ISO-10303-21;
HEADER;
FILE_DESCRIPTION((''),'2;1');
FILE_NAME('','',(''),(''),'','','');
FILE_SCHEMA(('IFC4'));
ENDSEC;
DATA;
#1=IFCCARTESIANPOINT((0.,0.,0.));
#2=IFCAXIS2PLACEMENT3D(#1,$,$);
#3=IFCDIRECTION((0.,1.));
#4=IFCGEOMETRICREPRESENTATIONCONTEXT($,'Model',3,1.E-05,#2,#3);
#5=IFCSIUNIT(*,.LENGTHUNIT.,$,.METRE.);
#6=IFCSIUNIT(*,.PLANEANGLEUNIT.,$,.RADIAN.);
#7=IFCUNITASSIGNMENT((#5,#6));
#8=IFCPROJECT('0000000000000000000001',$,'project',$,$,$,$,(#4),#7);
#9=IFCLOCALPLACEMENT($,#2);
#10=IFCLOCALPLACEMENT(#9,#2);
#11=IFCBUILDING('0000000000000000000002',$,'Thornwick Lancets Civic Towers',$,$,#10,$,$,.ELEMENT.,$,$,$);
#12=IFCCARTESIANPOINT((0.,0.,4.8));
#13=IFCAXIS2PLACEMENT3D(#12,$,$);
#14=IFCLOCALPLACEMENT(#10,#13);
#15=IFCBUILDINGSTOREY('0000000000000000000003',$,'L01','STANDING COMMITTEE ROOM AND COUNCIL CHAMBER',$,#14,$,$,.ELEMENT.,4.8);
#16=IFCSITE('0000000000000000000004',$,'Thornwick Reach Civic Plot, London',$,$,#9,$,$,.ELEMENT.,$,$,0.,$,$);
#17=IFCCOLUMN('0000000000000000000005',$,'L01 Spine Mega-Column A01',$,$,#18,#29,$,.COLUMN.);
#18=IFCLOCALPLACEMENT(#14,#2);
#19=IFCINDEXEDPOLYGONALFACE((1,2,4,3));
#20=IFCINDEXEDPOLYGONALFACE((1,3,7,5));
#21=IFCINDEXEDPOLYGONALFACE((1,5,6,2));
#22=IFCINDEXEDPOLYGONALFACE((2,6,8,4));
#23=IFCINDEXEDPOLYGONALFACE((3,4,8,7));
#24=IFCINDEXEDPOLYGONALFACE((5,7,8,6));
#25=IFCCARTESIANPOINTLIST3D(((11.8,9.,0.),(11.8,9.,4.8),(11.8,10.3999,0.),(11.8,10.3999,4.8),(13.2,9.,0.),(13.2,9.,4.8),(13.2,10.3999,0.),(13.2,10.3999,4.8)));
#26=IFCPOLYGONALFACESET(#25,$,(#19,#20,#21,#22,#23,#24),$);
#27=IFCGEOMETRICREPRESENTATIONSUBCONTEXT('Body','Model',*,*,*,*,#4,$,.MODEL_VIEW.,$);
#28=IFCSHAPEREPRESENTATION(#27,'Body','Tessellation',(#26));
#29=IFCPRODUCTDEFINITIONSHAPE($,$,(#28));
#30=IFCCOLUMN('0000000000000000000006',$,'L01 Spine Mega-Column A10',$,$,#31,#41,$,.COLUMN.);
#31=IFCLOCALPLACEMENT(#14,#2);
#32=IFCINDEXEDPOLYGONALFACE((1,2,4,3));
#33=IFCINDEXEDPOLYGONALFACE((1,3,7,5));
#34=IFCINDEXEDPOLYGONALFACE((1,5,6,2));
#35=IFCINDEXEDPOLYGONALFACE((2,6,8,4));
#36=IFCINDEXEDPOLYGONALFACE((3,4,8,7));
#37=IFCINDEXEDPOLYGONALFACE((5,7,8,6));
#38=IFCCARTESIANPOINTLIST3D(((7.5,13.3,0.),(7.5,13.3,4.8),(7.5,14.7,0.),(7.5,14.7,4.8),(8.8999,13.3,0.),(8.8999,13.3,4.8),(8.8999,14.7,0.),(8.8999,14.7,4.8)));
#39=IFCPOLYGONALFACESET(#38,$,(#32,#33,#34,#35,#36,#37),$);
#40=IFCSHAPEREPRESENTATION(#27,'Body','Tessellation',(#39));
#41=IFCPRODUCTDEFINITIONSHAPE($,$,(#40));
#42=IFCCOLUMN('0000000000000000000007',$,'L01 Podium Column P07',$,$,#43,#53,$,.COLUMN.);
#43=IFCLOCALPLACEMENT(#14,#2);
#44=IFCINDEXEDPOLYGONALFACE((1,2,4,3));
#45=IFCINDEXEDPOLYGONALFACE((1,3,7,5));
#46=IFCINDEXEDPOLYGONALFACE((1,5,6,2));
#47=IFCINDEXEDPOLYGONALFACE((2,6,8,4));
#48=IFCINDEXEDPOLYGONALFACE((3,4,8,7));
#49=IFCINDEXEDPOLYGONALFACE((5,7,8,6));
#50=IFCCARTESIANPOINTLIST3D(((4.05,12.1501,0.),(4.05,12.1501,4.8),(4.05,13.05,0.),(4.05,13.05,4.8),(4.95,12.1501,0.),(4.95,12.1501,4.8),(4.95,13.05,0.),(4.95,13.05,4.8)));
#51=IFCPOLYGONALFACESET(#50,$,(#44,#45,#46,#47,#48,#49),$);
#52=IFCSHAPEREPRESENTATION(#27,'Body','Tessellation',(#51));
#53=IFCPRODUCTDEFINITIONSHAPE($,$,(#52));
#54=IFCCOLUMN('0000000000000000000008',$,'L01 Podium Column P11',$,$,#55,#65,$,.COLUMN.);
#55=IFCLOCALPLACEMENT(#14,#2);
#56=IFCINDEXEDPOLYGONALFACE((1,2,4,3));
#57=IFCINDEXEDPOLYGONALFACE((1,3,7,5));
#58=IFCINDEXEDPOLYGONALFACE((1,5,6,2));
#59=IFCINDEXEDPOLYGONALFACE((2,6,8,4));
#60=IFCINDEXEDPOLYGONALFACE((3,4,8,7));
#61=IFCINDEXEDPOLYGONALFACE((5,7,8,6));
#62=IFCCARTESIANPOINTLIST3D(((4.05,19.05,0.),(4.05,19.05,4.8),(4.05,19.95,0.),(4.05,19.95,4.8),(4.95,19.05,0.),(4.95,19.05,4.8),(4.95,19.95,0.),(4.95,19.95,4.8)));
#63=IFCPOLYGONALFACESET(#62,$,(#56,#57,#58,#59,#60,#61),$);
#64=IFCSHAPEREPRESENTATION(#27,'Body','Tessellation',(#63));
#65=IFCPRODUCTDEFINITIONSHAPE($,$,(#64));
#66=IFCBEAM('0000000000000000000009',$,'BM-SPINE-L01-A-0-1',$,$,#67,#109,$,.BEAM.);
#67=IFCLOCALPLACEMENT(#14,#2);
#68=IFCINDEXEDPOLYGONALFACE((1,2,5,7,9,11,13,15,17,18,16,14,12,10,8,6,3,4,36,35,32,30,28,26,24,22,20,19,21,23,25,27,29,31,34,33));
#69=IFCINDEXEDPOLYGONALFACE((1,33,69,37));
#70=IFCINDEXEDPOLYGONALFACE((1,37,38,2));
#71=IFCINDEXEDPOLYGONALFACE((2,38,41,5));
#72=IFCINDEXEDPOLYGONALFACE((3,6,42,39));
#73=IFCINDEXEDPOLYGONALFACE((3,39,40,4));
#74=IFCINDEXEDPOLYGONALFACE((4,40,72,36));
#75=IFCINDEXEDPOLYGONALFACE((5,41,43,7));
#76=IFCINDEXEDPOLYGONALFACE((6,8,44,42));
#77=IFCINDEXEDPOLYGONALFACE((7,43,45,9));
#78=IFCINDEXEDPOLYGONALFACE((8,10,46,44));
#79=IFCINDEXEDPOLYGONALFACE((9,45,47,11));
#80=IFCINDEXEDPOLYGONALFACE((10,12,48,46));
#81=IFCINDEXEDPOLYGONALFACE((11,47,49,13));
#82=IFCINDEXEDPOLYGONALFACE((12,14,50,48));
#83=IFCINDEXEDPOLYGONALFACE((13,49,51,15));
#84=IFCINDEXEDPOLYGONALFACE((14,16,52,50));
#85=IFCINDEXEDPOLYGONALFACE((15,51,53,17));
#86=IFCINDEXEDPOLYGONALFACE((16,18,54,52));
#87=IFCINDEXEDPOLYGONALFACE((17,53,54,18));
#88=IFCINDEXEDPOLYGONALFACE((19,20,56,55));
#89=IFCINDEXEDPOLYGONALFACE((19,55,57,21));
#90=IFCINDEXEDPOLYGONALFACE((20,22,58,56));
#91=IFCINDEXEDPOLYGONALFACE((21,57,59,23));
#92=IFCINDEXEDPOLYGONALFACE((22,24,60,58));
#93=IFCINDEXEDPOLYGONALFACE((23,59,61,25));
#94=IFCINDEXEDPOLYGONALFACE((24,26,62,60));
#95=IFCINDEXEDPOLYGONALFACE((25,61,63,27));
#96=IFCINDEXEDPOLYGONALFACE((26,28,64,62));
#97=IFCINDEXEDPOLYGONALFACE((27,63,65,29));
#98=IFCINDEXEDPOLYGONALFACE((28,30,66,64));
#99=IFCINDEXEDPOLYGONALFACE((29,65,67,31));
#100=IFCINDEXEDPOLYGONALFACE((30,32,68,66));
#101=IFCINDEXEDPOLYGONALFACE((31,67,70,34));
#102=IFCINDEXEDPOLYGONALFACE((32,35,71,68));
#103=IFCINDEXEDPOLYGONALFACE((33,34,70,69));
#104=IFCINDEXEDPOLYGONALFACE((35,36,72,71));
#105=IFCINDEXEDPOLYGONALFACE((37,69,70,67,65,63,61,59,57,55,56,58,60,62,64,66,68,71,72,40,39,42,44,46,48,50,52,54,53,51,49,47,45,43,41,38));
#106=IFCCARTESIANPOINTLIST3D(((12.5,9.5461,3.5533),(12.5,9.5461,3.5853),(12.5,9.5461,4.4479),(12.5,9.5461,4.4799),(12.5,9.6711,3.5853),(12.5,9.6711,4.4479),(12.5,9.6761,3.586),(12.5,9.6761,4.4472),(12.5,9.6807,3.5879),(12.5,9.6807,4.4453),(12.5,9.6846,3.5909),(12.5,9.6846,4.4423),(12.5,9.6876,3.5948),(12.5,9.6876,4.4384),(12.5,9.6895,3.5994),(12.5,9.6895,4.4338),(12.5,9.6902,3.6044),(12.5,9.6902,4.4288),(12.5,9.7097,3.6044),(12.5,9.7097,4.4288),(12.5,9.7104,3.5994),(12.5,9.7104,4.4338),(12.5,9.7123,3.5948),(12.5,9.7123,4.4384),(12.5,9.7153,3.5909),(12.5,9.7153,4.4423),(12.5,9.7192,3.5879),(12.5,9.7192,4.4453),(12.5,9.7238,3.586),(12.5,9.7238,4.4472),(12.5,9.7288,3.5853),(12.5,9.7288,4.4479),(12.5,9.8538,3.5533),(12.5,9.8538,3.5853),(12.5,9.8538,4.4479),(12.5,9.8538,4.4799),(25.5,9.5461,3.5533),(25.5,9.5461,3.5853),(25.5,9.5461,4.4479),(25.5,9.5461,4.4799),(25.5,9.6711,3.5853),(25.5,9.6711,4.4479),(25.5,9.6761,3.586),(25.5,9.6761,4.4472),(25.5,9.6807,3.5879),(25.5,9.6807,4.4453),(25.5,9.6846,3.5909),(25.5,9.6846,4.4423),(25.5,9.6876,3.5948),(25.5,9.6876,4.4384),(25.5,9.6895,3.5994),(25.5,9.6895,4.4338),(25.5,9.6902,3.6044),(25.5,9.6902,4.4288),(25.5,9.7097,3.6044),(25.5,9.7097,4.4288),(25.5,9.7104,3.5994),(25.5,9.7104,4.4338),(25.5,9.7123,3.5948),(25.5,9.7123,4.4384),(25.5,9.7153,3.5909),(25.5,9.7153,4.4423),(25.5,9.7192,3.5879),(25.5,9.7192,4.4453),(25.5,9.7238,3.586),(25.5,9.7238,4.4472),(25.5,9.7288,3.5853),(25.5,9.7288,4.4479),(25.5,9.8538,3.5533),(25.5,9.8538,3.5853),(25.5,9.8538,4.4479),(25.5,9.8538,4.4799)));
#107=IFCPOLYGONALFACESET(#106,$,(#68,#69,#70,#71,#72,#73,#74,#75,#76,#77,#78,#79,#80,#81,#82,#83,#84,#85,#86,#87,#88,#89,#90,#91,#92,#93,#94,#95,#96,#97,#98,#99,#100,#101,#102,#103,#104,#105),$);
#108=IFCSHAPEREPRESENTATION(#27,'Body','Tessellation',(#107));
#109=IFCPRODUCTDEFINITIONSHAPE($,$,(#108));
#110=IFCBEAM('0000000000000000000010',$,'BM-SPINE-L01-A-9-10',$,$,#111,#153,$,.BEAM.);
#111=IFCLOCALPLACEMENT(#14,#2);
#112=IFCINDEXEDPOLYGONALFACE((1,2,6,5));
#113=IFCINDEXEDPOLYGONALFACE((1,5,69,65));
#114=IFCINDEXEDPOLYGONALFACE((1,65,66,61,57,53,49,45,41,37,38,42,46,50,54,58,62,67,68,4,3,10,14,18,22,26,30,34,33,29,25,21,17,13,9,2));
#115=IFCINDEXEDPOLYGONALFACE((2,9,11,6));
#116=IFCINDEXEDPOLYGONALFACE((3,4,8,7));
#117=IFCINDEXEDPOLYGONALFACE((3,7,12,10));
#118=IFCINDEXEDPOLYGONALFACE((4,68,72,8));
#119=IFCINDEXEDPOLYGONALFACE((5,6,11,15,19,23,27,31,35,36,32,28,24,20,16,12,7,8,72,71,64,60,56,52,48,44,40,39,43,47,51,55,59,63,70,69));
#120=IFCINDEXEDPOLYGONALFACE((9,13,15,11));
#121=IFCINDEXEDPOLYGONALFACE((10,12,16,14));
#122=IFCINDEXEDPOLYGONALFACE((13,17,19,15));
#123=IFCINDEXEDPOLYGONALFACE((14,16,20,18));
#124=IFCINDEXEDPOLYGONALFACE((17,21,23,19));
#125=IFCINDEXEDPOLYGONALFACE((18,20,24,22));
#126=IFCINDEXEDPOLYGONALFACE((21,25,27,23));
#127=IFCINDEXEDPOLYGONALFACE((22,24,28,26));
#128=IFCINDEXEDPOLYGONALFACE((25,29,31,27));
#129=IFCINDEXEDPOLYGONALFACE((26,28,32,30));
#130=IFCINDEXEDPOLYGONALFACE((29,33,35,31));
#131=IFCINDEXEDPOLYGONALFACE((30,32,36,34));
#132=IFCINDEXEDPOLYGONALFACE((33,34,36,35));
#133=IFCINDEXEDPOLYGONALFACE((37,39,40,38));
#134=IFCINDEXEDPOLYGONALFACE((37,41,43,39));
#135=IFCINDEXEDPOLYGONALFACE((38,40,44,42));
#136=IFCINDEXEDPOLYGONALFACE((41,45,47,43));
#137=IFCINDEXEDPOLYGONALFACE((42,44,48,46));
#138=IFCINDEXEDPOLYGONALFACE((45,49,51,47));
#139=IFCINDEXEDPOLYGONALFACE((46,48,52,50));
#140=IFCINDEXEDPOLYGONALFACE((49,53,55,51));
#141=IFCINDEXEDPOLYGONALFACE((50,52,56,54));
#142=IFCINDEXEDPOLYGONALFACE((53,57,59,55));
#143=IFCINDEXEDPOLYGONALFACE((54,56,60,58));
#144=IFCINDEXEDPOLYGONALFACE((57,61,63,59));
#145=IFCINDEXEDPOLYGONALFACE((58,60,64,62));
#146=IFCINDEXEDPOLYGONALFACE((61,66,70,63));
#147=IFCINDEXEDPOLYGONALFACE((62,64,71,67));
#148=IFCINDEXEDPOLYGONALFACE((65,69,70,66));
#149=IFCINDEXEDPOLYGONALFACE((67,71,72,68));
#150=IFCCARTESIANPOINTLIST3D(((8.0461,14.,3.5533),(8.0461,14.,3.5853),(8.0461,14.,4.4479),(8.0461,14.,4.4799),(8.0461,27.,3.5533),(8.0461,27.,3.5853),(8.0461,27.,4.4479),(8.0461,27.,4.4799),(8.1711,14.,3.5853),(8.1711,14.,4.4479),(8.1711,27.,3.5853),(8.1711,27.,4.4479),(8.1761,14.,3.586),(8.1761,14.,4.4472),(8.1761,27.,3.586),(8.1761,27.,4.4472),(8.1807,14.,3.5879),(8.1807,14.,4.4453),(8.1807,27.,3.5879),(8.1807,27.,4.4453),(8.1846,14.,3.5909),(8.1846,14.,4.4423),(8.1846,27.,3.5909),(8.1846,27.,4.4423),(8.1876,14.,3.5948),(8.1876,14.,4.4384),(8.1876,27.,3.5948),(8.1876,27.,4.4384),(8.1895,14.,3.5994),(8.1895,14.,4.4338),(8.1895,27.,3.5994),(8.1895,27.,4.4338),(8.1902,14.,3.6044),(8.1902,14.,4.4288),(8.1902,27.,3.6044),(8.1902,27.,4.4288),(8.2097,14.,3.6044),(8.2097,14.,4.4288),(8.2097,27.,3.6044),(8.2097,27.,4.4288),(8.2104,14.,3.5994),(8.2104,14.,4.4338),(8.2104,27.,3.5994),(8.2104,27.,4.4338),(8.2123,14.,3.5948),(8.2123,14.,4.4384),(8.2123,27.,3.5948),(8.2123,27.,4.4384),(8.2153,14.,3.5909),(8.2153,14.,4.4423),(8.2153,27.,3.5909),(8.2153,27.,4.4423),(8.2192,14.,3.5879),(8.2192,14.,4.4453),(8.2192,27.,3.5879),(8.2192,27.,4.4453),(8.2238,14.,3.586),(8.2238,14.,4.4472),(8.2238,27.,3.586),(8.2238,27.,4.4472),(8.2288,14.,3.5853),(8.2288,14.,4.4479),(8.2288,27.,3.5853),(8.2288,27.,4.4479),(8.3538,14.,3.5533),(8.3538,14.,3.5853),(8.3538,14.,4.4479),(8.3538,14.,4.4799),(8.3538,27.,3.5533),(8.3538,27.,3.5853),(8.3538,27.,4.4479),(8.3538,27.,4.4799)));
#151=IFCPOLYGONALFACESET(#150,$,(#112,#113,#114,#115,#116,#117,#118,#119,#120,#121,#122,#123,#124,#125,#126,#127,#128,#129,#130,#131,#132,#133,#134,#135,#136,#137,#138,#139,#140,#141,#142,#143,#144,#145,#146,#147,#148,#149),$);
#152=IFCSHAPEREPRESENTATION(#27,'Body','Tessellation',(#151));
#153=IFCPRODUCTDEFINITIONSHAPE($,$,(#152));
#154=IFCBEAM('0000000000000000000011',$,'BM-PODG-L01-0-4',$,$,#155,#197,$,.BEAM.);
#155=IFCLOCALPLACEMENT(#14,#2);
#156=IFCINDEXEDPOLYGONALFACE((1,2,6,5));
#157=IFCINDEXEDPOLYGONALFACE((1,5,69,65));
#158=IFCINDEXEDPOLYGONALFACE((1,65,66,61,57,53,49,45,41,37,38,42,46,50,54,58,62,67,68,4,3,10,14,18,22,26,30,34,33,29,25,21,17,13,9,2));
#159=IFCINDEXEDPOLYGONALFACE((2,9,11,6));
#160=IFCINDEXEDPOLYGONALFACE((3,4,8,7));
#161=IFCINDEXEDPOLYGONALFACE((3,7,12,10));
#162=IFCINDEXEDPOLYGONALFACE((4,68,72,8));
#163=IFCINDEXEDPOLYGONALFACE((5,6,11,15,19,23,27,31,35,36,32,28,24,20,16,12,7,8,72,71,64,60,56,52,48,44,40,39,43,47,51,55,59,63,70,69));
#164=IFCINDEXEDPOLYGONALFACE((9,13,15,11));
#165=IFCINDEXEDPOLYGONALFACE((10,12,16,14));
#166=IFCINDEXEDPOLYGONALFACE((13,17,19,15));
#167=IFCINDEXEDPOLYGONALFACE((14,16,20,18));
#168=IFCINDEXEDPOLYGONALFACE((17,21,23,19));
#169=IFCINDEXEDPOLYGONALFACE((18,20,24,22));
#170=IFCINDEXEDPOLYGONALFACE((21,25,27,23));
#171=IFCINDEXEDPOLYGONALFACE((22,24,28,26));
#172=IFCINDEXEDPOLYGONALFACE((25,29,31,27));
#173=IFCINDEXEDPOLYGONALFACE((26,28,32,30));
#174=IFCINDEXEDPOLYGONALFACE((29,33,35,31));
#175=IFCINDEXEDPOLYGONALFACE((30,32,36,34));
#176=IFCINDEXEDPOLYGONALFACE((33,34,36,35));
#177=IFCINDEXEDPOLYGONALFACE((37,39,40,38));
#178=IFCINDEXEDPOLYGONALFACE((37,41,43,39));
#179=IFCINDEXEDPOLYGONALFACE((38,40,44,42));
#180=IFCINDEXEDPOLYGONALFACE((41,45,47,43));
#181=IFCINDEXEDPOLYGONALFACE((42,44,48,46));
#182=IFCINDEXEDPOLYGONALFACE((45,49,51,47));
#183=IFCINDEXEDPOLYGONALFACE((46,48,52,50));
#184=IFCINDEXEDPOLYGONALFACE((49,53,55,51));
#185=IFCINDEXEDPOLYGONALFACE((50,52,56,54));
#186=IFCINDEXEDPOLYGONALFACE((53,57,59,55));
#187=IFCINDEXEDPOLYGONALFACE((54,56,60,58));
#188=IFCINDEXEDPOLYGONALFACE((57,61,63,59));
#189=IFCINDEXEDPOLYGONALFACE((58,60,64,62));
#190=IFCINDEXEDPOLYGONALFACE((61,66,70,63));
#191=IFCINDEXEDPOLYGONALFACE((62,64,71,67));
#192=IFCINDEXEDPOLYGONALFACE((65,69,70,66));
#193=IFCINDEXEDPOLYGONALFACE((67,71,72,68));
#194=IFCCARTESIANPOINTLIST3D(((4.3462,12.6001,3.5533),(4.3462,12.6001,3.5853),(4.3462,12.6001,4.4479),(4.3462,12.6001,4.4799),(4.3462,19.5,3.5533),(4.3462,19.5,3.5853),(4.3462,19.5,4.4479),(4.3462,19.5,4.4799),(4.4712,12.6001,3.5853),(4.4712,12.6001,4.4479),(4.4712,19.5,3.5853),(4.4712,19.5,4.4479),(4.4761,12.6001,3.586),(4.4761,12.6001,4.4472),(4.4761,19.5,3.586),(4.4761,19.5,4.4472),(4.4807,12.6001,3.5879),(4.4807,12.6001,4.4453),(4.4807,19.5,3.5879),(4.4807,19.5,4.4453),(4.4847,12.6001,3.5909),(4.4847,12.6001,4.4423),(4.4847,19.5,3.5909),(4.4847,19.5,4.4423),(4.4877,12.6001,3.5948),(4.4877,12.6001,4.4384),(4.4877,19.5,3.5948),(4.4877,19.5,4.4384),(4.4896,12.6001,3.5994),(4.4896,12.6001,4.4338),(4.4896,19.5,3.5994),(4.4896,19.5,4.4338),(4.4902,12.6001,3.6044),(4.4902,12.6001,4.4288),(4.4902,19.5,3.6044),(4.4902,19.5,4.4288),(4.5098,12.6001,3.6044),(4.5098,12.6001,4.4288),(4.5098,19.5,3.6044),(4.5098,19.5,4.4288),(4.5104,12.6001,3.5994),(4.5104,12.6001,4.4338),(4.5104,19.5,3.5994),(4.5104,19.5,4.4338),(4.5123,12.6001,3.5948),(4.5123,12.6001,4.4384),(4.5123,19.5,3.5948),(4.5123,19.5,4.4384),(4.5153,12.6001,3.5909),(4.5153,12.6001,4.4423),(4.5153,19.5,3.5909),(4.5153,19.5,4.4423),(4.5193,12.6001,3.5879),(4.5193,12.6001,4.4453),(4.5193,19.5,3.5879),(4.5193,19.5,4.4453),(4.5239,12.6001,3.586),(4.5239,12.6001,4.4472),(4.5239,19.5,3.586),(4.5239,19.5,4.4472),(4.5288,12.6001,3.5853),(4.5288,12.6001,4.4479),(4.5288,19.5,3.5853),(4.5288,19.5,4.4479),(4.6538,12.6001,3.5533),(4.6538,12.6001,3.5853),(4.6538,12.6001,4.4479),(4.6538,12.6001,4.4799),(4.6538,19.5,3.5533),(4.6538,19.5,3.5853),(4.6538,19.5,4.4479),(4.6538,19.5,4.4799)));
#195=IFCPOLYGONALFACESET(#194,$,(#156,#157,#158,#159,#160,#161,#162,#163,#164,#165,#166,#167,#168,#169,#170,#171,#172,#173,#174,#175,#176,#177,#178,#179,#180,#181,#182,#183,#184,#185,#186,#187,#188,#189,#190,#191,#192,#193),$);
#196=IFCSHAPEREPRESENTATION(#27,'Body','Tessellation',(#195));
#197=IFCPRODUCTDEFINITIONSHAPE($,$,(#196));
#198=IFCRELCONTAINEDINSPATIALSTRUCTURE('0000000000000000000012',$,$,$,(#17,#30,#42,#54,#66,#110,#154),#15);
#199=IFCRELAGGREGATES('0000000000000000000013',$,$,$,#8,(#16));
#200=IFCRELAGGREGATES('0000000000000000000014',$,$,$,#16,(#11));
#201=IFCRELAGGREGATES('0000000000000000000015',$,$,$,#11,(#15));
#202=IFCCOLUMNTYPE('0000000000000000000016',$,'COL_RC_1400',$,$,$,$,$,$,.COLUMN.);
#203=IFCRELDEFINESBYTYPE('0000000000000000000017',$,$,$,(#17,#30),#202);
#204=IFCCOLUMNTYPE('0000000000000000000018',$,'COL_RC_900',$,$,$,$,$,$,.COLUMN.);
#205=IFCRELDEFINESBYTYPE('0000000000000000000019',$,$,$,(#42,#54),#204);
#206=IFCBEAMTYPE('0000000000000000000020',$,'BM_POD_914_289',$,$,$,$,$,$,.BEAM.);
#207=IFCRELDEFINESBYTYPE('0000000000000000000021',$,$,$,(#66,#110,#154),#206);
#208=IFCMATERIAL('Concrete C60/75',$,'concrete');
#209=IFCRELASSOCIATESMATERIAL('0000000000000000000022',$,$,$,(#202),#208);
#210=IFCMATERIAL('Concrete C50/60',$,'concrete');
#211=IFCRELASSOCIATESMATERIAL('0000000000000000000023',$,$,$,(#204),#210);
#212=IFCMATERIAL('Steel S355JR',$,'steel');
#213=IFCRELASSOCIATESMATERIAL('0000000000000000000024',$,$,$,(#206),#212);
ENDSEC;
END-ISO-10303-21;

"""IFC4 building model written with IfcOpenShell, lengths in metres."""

from ifc_helpers import new_model, si_unit, direction, frame, origin, origin_2d, place, context, subcontext, project, spatial, rectangle, i_section, extrude, material, material_profile, profile_set, type_object, element, save


model = new_model("IFC4")

# Units and contexts
model_context = context("Model", 3, precision=1e-05, world=origin(), true_north=direction((0.0, 1.0)))
body_context = subcontext(model_context, "Body", "Model", "MODEL_VIEW")
ifc_project = project(units=[si_unit("LENGTHUNIT", "METRE"), si_unit("PLANEANGLEUNIT", "RADIAN")], contexts=[model_context])

# Site, building, storey
site_placement = place(None, origin())
site = spatial("IfcSite", under=ifc_project, at=site_placement, Name="Thornwick Reach Civic Plot, London", CompositionType="ELEMENT", RefElevation=0.0)
building_placement = place(site_placement, origin())
building = spatial("IfcBuilding", under=site, at=building_placement, Name="Thornwick Lancets Civic Towers", CompositionType="ELEMENT")
storey_placement = place(building_placement, frame((0.0, 0.0, 4.8)))
storey = spatial("IfcBuildingStorey", under=building, at=storey_placement, Name="L01", Description="STANDING COMMITTEE ROOM AND COUNCIL CHAMBER", CompositionType="ELEMENT", Elevation=4.8)

# Columns
ifc_material_1 = material(Name="Concrete C60/75", Category="concrete")
ifc_material_profile_1 = material_profile(ifc_material_1, rectangle(XDim=1.3999, YDim=1.3999, at=origin_2d()), Name="RC 1400x1400")
ifc_profile_set_1 = profile_set([ifc_material_profile_1], Name="Concrete C60/75")
column_type_1 = type_object("IfcColumnType", Name="COL_RC_1400", PredefinedType="COLUMN", material=ifc_profile_set_1)
for number, where, z_axis, x_axis, name in (
    (1, (12.5, 9.7, 0.0), (0.0, 0.0, 1.0), (1.0, 0.0, 0.0), "L01 Spine Mega-Column A01"),
    (2, (8.2, 14.0, 0.0), (0.0, 0.0, 1.0), (1.0, 0.0, 0.0), "L01 Spine Mega-Column A10"),
):
    element("IfcColumn", number, at=place(storey_placement, frame(where, z_axis=z_axis, x_axis=x_axis)), inside=storey, type_object=column_type_1, Name=name, PredefinedType="COLUMN", context=body_context, shape_type="SweptSolid", body=[
        extrude(rectangle(XDim=1.3999, YDim=1.3999, at=origin_2d()), origin(), (0.0, 0.0, 1.0), 4.8),
    ])
ifc_material_2 = material(Name="Concrete C50/60", Category="concrete")
ifc_material_profile_2 = material_profile(ifc_material_2, rectangle(XDim=0.8999, YDim=0.8999, at=origin_2d()), Name="RC 900x900")
ifc_profile_set_2 = profile_set([ifc_material_profile_2], Name="Concrete C50/60")
column_type_2 = type_object("IfcColumnType", Name="COL_RC_900", PredefinedType="COLUMN", material=ifc_profile_set_2)
for number, where, z_axis, x_axis, name in (
    (3, (4.5, 12.6001, 0.0), (0.0, 0.0, 1.0), (1.0, 0.0, 0.0), "L01 Podium Column P07"),
    (4, (4.5, 19.5, 0.0), (0.0, 0.0, 1.0), (1.0, 0.0, 0.0), "L01 Podium Column P11"),
):
    element("IfcColumn", number, at=place(storey_placement, frame(where, z_axis=z_axis, x_axis=x_axis)), inside=storey, type_object=column_type_2, Name=name, PredefinedType="COLUMN", context=body_context, shape_type="SweptSolid", body=[
        extrude(rectangle(XDim=0.8999, YDim=0.8999, at=origin_2d()), origin(), (0.0, 0.0, 1.0), 4.8),
    ])

# Beams
ifc_material_3 = material(Name="Steel S355JR", Category="steel")
ifc_material_profile_3 = material_profile(ifc_material_3, i_section(OverallWidth=0.3076, OverallDepth=0.9265, WebThickness=0.0195, FlangeThickness=0.032, FilletRadius=0.019, at=origin_2d()), Name="UKB 914x305x289")
ifc_profile_set_3 = profile_set([ifc_material_profile_3], Name="Steel S355JR")
beam_type = type_object("IfcBeamType", Name="BM_POD_914_289", PredefinedType="BEAM", material=ifc_profile_set_3)
for number, where, z_axis, x_axis, name in (
    (5, (12.5, 9.7, 4.0166), (1.0, 0.0, 0.0), (0.0, 1.0, 0.0), "BM-SPINE-L01-A-0-1"),
    (6, (8.2, 14.0, 4.0166), (0.0, 1.0, 0.0), (-1.0, 0.0, 0.0), "BM-SPINE-L01-A-9-10"),
):
    element("IfcBeam", number, at=place(storey_placement, frame(where, z_axis=z_axis, x_axis=x_axis)), inside=storey, type_object=beam_type, Name=name, PredefinedType="BEAM", context=body_context, shape_type="SweptSolid", body=[
        extrude(i_section(OverallWidth=0.3076, OverallDepth=0.9265, WebThickness=0.0195, FlangeThickness=0.032, FilletRadius=0.019, at=origin_2d()), origin(), (0.0, 0.0, 1.0), 13.0),
    ])
beam_1_placement = place(storey_placement, frame((4.5, 12.6001, 4.0166), z_axis=(0.0, 1.0, 0.0), x_axis=(-1.0, 0.0, 0.0)))
element("IfcBeam", 7, at=beam_1_placement, inside=storey, type_object=beam_type, Name="BM-PODG-L01-0-4", PredefinedType="BEAM", context=body_context, shape_type="SweptSolid", body=[
    extrude(i_section(OverallWidth=0.3076, OverallDepth=0.9265, WebThickness=0.0195, FlangeThickness=0.032, FilletRadius=0.019, at=origin_2d()), origin(), (0.0, 0.0, 1.0), 6.8999),
])

save(model, "model.ifc")
